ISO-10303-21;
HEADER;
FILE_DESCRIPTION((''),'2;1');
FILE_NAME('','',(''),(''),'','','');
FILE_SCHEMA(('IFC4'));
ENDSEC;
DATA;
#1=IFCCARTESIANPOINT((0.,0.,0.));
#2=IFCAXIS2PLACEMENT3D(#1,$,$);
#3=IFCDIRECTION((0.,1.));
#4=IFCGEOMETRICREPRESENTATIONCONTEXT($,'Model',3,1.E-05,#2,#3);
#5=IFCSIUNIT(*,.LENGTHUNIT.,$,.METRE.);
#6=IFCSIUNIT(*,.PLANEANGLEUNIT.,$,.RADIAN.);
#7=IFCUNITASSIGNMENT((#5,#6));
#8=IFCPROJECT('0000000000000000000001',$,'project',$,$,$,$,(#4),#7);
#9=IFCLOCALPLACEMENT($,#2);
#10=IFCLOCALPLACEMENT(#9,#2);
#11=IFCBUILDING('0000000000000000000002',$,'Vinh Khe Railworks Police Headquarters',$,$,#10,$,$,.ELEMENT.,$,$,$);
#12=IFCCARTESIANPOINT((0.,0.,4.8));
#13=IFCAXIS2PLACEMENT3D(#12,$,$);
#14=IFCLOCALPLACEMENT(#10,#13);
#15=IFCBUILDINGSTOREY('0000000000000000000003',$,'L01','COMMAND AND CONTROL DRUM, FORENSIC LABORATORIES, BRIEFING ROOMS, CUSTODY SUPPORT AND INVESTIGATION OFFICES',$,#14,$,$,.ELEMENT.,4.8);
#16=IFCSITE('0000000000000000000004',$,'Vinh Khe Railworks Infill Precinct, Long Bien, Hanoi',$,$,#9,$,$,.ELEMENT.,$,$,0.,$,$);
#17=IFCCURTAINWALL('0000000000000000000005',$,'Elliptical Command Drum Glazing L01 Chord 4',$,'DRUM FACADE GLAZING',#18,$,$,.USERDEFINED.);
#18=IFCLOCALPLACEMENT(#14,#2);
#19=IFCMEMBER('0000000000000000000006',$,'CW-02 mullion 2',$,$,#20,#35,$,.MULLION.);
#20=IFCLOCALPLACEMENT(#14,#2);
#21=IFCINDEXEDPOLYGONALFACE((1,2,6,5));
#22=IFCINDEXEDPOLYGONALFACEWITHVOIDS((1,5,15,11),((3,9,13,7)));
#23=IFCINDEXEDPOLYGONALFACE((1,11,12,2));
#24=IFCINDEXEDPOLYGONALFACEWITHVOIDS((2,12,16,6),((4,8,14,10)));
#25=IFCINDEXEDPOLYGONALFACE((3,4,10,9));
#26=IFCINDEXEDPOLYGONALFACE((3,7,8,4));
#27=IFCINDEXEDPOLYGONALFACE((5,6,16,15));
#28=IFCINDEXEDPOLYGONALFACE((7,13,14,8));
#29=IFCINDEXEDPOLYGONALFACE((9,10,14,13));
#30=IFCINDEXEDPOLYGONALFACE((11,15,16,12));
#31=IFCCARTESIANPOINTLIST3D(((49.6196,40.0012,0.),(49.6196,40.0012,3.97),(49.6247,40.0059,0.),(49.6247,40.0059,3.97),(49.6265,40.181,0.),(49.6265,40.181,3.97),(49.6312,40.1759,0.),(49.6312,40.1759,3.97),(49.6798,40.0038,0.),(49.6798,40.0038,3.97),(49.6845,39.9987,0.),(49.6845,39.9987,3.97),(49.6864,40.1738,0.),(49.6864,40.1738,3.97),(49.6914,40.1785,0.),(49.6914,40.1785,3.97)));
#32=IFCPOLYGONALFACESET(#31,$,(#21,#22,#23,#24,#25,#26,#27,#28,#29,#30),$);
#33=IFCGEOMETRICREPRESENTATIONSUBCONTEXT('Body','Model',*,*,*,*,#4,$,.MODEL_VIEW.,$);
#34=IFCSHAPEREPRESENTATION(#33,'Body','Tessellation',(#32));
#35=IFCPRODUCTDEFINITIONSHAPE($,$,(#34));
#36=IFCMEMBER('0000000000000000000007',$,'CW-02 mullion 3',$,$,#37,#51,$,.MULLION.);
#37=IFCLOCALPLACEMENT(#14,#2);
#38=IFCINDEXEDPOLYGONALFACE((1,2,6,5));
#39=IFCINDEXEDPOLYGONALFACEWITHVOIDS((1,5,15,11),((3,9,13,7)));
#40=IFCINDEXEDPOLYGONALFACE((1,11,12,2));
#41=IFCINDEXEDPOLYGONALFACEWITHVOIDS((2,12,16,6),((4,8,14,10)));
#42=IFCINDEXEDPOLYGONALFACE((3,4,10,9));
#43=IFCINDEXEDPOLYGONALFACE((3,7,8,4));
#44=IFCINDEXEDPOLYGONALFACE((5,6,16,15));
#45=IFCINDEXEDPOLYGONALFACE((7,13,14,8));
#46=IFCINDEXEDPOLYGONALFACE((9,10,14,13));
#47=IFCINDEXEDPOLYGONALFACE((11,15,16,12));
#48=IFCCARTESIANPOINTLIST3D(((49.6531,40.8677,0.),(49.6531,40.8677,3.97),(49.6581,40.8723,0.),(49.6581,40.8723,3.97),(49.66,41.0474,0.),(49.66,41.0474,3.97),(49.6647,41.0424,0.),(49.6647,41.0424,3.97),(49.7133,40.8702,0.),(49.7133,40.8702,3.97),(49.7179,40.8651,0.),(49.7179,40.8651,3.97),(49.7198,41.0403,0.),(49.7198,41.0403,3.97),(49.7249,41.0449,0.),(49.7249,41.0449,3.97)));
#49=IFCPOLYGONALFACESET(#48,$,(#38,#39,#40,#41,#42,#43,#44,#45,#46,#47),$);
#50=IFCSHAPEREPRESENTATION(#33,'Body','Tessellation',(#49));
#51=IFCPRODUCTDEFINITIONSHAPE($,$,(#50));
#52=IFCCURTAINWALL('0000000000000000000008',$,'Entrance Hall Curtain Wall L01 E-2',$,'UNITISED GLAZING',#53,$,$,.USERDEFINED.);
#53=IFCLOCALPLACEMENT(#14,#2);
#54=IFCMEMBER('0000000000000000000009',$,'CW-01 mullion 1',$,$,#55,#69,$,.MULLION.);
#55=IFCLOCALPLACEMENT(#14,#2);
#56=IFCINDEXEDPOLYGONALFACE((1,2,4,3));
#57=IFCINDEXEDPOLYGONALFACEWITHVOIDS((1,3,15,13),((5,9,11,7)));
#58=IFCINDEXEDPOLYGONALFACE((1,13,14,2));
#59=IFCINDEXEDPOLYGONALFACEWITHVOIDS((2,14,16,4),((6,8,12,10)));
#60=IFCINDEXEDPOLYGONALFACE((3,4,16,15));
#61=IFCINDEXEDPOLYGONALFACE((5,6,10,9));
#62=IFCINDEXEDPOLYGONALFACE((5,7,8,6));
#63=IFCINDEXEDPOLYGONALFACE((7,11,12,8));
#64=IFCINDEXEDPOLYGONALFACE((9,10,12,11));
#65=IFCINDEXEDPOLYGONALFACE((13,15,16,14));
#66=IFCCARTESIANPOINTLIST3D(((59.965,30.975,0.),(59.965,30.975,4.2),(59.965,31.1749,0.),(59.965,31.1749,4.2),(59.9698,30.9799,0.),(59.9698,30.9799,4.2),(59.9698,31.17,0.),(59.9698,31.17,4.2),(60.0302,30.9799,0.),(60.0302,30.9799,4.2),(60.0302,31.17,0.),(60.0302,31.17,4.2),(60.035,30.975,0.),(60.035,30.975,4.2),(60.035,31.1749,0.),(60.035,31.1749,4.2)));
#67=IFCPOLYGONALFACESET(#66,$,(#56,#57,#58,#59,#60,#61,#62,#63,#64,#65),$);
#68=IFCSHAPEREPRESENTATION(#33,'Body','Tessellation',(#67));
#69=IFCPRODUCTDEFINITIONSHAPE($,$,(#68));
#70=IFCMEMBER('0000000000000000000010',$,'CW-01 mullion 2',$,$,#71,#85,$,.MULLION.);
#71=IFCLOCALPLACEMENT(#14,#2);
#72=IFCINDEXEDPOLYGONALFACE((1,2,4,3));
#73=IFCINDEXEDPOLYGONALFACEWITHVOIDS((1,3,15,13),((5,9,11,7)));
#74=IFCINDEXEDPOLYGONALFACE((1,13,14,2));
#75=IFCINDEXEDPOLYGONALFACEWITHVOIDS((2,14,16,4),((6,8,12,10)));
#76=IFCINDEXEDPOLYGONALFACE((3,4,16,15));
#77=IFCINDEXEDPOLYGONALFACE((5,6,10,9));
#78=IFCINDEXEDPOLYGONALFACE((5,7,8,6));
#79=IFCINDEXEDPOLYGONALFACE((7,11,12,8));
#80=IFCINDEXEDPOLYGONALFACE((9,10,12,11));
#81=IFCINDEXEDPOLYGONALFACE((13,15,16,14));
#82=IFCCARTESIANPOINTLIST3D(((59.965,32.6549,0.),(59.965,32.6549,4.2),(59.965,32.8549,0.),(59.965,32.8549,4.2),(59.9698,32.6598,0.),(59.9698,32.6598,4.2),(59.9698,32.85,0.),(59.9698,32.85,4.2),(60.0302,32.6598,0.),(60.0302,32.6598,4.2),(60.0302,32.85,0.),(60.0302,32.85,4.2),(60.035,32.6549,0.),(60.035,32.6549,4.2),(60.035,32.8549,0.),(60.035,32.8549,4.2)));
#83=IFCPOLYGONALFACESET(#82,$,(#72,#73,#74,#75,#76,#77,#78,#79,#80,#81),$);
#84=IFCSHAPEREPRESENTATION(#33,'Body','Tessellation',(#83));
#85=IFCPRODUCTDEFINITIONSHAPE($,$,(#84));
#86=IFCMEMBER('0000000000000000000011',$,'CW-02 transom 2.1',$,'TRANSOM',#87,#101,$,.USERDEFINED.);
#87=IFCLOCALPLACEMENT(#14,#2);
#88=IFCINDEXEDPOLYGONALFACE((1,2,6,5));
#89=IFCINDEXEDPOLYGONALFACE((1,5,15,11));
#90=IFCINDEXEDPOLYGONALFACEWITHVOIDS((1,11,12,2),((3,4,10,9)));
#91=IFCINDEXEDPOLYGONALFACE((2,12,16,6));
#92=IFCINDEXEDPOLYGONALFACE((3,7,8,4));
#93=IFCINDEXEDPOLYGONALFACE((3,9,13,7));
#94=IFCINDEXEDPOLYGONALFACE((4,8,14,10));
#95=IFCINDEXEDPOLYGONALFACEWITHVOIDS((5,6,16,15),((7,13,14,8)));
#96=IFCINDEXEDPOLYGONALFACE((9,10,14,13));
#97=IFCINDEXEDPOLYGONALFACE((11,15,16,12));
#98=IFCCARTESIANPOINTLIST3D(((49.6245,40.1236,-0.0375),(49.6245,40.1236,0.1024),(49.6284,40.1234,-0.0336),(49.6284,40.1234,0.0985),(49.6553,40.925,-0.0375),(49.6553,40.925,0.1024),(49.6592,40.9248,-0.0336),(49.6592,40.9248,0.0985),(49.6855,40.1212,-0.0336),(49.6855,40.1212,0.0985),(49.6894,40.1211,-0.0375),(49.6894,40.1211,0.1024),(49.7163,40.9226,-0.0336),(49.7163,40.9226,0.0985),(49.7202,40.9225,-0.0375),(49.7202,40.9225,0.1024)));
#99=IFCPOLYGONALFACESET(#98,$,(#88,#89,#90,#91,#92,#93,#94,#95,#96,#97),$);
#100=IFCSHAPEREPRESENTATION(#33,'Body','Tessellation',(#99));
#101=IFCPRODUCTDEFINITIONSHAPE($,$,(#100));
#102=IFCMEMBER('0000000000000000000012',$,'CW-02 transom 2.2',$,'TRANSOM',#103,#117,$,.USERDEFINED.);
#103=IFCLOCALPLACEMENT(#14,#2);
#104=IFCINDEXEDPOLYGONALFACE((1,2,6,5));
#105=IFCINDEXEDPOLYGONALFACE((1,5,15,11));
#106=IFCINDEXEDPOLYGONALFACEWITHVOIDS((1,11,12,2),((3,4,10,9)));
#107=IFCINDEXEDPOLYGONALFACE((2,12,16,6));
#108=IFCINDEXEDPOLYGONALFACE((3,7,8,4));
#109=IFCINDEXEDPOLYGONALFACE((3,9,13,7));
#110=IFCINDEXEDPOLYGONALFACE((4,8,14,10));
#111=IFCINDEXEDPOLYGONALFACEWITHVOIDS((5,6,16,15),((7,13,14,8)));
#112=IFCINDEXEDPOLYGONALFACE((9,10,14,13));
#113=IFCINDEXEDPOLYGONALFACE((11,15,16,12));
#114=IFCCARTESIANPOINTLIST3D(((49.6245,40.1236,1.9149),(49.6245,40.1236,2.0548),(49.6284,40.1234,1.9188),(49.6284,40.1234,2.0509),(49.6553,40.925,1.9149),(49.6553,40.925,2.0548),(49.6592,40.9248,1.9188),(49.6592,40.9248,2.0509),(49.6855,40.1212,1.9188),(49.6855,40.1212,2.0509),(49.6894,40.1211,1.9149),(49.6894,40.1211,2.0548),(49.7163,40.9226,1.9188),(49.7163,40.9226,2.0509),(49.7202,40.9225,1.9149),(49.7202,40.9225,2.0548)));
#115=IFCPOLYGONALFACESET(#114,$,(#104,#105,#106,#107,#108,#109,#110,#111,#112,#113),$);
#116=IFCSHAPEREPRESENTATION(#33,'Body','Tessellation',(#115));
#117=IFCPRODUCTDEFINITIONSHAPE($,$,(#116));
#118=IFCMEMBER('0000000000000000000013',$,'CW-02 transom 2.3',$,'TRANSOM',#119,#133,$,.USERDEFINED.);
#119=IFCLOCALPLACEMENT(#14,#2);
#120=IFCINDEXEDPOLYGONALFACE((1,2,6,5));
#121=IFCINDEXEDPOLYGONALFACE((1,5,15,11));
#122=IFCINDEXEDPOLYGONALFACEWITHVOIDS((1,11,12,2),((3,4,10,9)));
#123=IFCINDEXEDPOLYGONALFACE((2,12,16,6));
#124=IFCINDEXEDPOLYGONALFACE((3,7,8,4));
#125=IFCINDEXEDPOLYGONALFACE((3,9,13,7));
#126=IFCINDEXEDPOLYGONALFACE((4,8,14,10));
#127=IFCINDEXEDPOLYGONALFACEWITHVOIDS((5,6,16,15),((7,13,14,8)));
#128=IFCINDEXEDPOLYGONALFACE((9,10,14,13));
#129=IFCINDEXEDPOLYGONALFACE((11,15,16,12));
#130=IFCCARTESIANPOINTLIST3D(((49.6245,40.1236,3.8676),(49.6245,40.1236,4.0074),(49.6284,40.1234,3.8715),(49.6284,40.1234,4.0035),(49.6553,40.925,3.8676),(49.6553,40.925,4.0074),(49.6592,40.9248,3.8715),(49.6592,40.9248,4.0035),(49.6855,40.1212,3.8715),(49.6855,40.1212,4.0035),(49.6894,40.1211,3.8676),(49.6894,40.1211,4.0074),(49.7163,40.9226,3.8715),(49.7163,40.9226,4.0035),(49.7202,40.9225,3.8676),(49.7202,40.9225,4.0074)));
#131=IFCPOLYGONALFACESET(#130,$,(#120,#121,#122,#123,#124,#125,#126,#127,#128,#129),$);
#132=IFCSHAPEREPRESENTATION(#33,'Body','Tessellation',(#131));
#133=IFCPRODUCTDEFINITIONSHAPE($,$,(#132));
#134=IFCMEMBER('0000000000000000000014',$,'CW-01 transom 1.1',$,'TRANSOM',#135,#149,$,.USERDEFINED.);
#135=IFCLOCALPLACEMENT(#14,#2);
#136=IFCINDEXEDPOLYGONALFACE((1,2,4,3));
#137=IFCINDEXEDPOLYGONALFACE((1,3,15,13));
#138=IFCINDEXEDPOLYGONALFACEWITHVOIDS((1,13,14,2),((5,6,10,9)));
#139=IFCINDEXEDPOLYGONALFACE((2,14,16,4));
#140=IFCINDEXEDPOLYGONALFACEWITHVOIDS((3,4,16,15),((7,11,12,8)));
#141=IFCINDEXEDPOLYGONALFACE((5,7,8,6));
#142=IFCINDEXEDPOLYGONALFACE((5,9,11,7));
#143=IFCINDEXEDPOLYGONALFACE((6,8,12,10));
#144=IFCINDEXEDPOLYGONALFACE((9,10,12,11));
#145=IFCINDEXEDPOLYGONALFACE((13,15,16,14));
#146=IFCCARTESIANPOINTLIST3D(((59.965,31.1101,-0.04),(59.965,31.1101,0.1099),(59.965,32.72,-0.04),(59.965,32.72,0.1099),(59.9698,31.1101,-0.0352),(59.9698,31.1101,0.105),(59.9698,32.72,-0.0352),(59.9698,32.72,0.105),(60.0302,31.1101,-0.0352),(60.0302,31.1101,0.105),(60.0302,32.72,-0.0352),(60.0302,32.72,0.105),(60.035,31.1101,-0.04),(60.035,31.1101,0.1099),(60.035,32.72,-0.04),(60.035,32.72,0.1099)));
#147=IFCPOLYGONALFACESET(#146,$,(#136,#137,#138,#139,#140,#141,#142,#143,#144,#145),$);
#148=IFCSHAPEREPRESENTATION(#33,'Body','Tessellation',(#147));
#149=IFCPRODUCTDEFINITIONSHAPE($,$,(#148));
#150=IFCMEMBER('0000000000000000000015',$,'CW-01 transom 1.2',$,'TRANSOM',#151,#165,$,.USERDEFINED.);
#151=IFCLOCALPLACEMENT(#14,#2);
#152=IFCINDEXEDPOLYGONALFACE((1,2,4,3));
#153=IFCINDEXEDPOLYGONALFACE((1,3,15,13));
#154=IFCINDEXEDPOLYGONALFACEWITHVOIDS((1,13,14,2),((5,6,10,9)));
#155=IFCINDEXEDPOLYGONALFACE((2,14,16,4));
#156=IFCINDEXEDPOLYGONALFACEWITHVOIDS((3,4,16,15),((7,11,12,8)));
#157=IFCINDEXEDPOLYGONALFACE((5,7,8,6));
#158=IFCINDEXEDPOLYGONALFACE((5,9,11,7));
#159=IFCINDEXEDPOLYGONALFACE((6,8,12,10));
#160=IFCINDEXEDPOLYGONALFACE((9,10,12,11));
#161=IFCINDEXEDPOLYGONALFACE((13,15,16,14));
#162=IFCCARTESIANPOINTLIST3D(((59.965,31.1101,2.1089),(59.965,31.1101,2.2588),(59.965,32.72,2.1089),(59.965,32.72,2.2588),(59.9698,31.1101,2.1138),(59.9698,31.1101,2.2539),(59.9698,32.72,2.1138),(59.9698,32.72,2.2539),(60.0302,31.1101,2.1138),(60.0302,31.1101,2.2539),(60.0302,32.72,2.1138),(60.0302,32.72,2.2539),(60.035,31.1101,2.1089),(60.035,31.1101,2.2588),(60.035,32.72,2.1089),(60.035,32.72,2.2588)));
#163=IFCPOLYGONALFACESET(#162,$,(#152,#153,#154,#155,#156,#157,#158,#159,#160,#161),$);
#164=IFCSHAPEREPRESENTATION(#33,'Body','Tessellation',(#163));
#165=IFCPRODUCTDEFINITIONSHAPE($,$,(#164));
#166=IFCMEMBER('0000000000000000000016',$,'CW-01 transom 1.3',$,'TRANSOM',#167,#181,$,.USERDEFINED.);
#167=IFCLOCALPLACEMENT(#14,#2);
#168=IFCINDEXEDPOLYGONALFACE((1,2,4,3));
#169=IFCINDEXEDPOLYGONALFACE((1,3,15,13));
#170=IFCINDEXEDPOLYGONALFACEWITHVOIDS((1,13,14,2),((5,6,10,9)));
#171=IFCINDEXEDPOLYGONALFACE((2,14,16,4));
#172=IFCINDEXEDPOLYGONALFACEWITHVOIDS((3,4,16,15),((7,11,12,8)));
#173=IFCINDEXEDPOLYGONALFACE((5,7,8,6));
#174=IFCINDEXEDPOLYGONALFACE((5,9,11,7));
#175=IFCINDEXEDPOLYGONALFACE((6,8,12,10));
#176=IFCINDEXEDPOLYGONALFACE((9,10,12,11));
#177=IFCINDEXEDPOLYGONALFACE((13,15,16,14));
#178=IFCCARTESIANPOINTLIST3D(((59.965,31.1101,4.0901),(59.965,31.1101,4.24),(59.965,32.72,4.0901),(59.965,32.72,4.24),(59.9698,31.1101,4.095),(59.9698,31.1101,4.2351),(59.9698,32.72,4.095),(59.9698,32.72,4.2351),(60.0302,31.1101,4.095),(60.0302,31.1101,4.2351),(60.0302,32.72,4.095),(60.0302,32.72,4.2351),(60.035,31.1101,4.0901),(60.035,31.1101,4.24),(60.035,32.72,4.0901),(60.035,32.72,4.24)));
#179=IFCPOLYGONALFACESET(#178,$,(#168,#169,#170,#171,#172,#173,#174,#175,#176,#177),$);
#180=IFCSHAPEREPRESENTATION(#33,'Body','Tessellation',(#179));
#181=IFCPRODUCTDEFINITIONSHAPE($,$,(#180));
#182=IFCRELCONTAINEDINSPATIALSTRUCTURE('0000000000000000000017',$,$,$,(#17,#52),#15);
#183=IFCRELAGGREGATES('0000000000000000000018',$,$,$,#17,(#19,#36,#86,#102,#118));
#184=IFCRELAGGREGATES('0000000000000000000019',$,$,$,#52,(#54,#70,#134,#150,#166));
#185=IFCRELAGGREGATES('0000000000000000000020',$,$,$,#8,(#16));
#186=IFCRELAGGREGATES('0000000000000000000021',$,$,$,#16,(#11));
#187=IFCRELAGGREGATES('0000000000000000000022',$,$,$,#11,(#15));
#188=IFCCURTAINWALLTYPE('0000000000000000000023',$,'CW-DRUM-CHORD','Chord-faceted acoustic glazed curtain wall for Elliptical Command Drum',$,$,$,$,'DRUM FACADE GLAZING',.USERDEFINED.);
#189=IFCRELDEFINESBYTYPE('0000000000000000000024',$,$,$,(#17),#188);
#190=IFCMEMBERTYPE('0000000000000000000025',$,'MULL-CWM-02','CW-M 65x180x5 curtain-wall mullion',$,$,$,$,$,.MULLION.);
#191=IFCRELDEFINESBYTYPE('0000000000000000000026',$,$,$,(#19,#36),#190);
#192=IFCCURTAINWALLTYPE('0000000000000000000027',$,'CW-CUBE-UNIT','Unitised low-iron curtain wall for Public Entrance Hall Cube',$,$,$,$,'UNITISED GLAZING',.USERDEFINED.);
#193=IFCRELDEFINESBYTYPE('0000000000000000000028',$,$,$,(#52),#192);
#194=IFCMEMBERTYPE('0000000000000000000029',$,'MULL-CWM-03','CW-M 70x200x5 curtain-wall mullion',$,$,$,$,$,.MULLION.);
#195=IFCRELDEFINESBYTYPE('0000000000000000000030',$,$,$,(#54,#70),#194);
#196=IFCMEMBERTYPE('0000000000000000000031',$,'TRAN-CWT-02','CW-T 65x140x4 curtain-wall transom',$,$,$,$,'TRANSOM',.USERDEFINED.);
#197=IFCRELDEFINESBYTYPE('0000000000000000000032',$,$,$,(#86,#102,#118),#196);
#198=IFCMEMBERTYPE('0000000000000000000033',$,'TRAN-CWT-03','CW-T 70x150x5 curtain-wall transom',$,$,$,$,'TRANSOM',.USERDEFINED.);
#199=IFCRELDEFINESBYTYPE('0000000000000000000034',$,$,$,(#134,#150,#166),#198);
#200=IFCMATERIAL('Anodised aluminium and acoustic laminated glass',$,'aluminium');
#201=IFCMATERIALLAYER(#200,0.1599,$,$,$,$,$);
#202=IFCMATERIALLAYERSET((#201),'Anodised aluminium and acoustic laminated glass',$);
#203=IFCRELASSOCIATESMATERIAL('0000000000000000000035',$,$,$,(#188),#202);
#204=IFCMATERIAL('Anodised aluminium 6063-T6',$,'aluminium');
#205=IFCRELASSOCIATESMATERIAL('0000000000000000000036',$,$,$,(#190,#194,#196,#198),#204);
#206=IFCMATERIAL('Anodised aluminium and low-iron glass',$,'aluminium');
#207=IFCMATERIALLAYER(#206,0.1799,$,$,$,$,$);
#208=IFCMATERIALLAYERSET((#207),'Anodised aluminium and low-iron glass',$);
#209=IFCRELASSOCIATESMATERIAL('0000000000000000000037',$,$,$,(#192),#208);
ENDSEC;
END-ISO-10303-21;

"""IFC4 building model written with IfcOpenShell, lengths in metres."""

from ifc_helpers import new_model, si_unit, direction, frame, origin, origin_2d, place, context, subcontext, project, spatial, hollow_rectangle, extrude, material, layer, layer_set, material_profile, profile_set, type_object, element, aggregate, save


model = new_model("IFC4")

# Units and contexts
model_context = context("Model", 3, precision=1e-05, world=origin(), true_north=direction((0.0, 1.0)))
body_context = subcontext(model_context, "Body", "Model", "MODEL_VIEW")
ifc_project = project(units=[si_unit("LENGTHUNIT", "METRE"), si_unit("PLANEANGLEUNIT", "RADIAN")], contexts=[model_context])

# Site, building, storey
site_placement = place(None, origin())
site = spatial("IfcSite", under=ifc_project, at=site_placement, Name="Vinh Khe Railworks Infill Precinct, Long Bien, Hanoi", CompositionType="ELEMENT", RefElevation=0.0)
building_placement = place(site_placement, origin())
building = spatial("IfcBuilding", under=site, at=building_placement, Name="Vinh Khe Railworks Police Headquarters", CompositionType="ELEMENT")
storey_placement = place(building_placement, frame((0.0, 0.0, 4.8)))
storey = spatial("IfcBuildingStorey", under=building, at=storey_placement, Name="L01", Description="COMMAND AND CONTROL DRUM, FORENSIC LABORATORIES, BRIEFING ROOMS, CUSTODY SUPPORT AND INVESTIGATION OFFICES", CompositionType="ELEMENT", Elevation=4.8)

# Curtain walls, members
ifc_material_1 = material(Name="Anodised aluminium and acoustic laminated glass", Category="aluminium")
ifc_layer_1 = layer(ifc_material_1, 0.1599)
ifc_layer_set_1 = layer_set([ifc_layer_1], Name="Anodised aluminium and acoustic laminated glass")
curtain_wall_type_1 = type_object("IfcCurtainWallType", Name="CW-DRUM-CHORD", Description="Chord-faceted acoustic glazed curtain wall for Elliptical Command Drum", ElementType="DRUM FACADE GLAZING", PredefinedType="USERDEFINED", material=ifc_layer_set_1)
curtain_wall_1_placement = place(storey_placement, origin())
curtain_wall_1 = element("IfcCurtainWall", 1, at=curtain_wall_1_placement, inside=storey, type_object=curtain_wall_type_1, Name="Elliptical Command Drum Glazing L01 Chord 4", ObjectType="DRUM FACADE GLAZING", PredefinedType="USERDEFINED")
ifc_material_2 = material(Name="Anodised aluminium 6063-T6", Category="aluminium")
ifc_material_profile_1 = material_profile(ifc_material_2, hollow_rectangle(XDim=0.0649, YDim=0.1799, WallThickness=0.0049, at=origin_2d()), Name="CW-M 65x180x5")
ifc_profile_set_1 = profile_set([ifc_material_profile_1], Name="Anodised aluminium 6063-T6")
member_type_1 = type_object("IfcMemberType", Name="MULL-CWM-02", Description="CW-M 65x180x5 curtain-wall mullion", PredefinedType="MULLION", material=ifc_profile_set_1)
member_1_placement = place(storey_placement, frame((49.6555, 40.0898, 0.0), z_axis=(0.0, 0.0, 1.0), x_axis=(-0.999258, 0.038512, 0.0)))
member_1 = element("IfcMember", 2, at=member_1_placement, type_object=member_type_1, Name="CW-02 mullion 2", PredefinedType="MULLION", context=body_context, shape_type="SweptSolid", body=[
    extrude(hollow_rectangle(XDim=0.0649, YDim=0.1799, WallThickness=0.0049, at=origin_2d()), origin(), (0.0, 0.0, 1.0), 3.97),
])
member_2_placement = place(storey_placement, frame((49.689, 40.9563, 0.0), z_axis=(0.0, 0.0, 1.0), x_axis=(-0.999258, 0.038512, 0.0)))
member_2 = element("IfcMember", 3, at=member_2_placement, type_object=member_type_1, Name="CW-02 mullion 3", PredefinedType="MULLION", context=body_context, shape_type="SweptSolid", body=[
    extrude(hollow_rectangle(XDim=0.0649, YDim=0.1799, WallThickness=0.0049, at=origin_2d()), origin(), (0.0, 0.0, 1.0), 3.97),
])
ifc_material_3 = material(Name="Anodised aluminium and low-iron glass", Category="aluminium")
ifc_layer_2 = layer(ifc_material_3, 0.1799)
ifc_layer_set_2 = layer_set([ifc_layer_2], Name="Anodised aluminium and low-iron glass")
curtain_wall_type_2 = type_object("IfcCurtainWallType", Name="CW-CUBE-UNIT", Description="Unitised low-iron curtain wall for Public Entrance Hall Cube", ElementType="UNITISED GLAZING", PredefinedType="USERDEFINED", material=ifc_layer_set_2)
curtain_wall_2_placement = place(storey_placement, origin())
curtain_wall_2 = element("IfcCurtainWall", 4, at=curtain_wall_2_placement, inside=storey, type_object=curtain_wall_type_2, Name="Entrance Hall Curtain Wall L01 E-2", ObjectType="UNITISED GLAZING", PredefinedType="USERDEFINED")
ifc_material_profile_2 = material_profile(ifc_material_2, hollow_rectangle(XDim=0.0701, YDim=0.2, WallThickness=0.0049, at=origin_2d()), Name="CW-M 70x200x5")
ifc_profile_set_2 = profile_set([ifc_material_profile_2], Name="Anodised aluminium 6063-T6")
member_type_2 = type_object("IfcMemberType", Name="MULL-CWM-03", Description="CW-M 70x200x5 curtain-wall mullion", PredefinedType="MULLION", material=ifc_profile_set_2)
member_3_placement = place(storey_placement, frame((60.0, 31.075, 0.0), z_axis=(0.0, 0.0, 1.0), x_axis=(-1.0, 0.0, 0.0)))
member_3 = element("IfcMember", 5, at=member_3_placement, type_object=member_type_2, Name="CW-01 mullion 1", PredefinedType="MULLION", context=body_context, shape_type="SweptSolid", body=[
    extrude(hollow_rectangle(XDim=0.0701, YDim=0.2, WallThickness=0.0049, at=origin_2d()), origin(), (0.0, 0.0, 1.0), 4.2),
])
member_4_placement = place(storey_placement, frame((60.0, 32.7549, 0.0), z_axis=(0.0, 0.0, 1.0), x_axis=(-1.0, 0.0, 0.0)))
member_4 = element("IfcMember", 6, at=member_4_placement, type_object=member_type_2, Name="CW-01 mullion 2", PredefinedType="MULLION", context=body_context, shape_type="SweptSolid", body=[
    extrude(hollow_rectangle(XDim=0.0701, YDim=0.2, WallThickness=0.0049, at=origin_2d()), origin(), (0.0, 0.0, 1.0), 4.2),
])

# Members
ifc_material_profile_3 = material_profile(ifc_material_2, hollow_rectangle(XDim=0.0649, YDim=0.1399, WallThickness=0.0039, at=origin_2d()), Name="CW-T 65x140x4")
ifc_profile_set_3 = profile_set([ifc_material_profile_3], Name="Anodised aluminium 6063-T6")
member_type_3 = type_object("IfcMemberType", Name="TRAN-CWT-02", Description="CW-T 65x140x4 curtain-wall transom", ElementType="TRANSOM", PredefinedType="USERDEFINED", material=ifc_profile_set_3)
member_5_placement = place(storey_placement, frame((49.657, 40.1223, 0.0325), z_axis=(0.038351, 0.999264, 0.0), x_axis=(-0.999264, 0.038351, 0.0)))
member_5 = element("IfcMember", 7, at=member_5_placement, type_object=member_type_3, Name="CW-02 transom 2.1", ObjectType="TRANSOM", PredefinedType="USERDEFINED", context=body_context, shape_type="SweptSolid", body=[
    extrude(hollow_rectangle(XDim=0.0649, YDim=0.1399, WallThickness=0.0039, at=origin_2d()), origin(), (0.0, 0.0, 1.0), 0.802),
])
member_6_placement = place(storey_placement, frame((49.657, 40.1223, 1.9849), z_axis=(0.038351, 0.999264, 0.0), x_axis=(-0.999264, 0.038351, 0.0)))
member_6 = element("IfcMember", 8, at=member_6_placement, type_object=member_type_3, Name="CW-02 transom 2.2", ObjectType="TRANSOM", PredefinedType="USERDEFINED", context=body_context, shape_type="SweptSolid", body=[
    extrude(hollow_rectangle(XDim=0.0649, YDim=0.1399, WallThickness=0.0039, at=origin_2d()), origin(), (0.0, 0.0, 1.0), 0.802),
])
member_7_placement = place(storey_placement, frame((49.657, 40.1223, 3.9375), z_axis=(0.038351, 0.999264, 0.0), x_axis=(-0.999264, 0.038351, 0.0)))
member_7 = element("IfcMember", 9, at=member_7_placement, type_object=member_type_3, Name="CW-02 transom 2.3", ObjectType="TRANSOM", PredefinedType="USERDEFINED", context=body_context, shape_type="SweptSolid", body=[
    extrude(hollow_rectangle(XDim=0.0649, YDim=0.1399, WallThickness=0.0039, at=origin_2d()), origin(), (0.0, 0.0, 1.0), 0.802),
])
ifc_material_profile_4 = material_profile(ifc_material_2, hollow_rectangle(XDim=0.0701, YDim=0.1499, WallThickness=0.0049, at=origin_2d()), Name="CW-T 70x150x5")
ifc_profile_set_4 = profile_set([ifc_material_profile_4], Name="Anodised aluminium 6063-T6")
member_type_4 = type_object("IfcMemberType", Name="TRAN-CWT-03", Description="CW-T 70x150x5 curtain-wall transom", ElementType="TRANSOM", PredefinedType="USERDEFINED", material=ifc_profile_set_4)
member_8_placement = place(storey_placement, frame((60.0, 31.1101, 0.0349), z_axis=(0.0, 1.0, 0.0), x_axis=(-1.0, 0.0, 0.0)))
member_8 = element("IfcMember", 10, at=member_8_placement, type_object=member_type_4, Name="CW-01 transom 1.1", ObjectType="TRANSOM", PredefinedType="USERDEFINED", context=body_context, shape_type="SweptSolid", body=[
    extrude(hollow_rectangle(XDim=0.0701, YDim=0.1499, WallThickness=0.0049, at=origin_2d()), origin(), (0.0, 0.0, 1.0), 1.6099),
])
member_9_placement = place(storey_placement, frame((60.0, 31.1101, 2.1838), z_axis=(0.0, 1.0, 0.0), x_axis=(-1.0, 0.0, 0.0)))
member_9 = element("IfcMember", 11, at=member_9_placement, type_object=member_type_4, Name="CW-01 transom 1.2", ObjectType="TRANSOM", PredefinedType="USERDEFINED", context=body_context, shape_type="SweptSolid", body=[
    extrude(hollow_rectangle(XDim=0.0701, YDim=0.1499, WallThickness=0.0049, at=origin_2d()), origin(), (0.0, 0.0, 1.0), 1.6099),
])
member_10_placement = place(storey_placement, frame((60.0, 31.1101, 4.165), z_axis=(0.0, 1.0, 0.0), x_axis=(-1.0, 0.0, 0.0)))
member_10 = element("IfcMember", 12, at=member_10_placement, type_object=member_type_4, Name="CW-01 transom 1.3", ObjectType="TRANSOM", PredefinedType="USERDEFINED", context=body_context, shape_type="SweptSolid", body=[
    extrude(hollow_rectangle(XDim=0.0701, YDim=0.1499, WallThickness=0.0049, at=origin_2d()), origin(), (0.0, 0.0, 1.0), 1.6099),
])

aggregate(curtain_wall_1, [member_1, member_2, member_5, member_6, member_7])
aggregate(curtain_wall_2, [member_3, member_4, member_8, member_9, member_10])

save(model, "model.ifc")
